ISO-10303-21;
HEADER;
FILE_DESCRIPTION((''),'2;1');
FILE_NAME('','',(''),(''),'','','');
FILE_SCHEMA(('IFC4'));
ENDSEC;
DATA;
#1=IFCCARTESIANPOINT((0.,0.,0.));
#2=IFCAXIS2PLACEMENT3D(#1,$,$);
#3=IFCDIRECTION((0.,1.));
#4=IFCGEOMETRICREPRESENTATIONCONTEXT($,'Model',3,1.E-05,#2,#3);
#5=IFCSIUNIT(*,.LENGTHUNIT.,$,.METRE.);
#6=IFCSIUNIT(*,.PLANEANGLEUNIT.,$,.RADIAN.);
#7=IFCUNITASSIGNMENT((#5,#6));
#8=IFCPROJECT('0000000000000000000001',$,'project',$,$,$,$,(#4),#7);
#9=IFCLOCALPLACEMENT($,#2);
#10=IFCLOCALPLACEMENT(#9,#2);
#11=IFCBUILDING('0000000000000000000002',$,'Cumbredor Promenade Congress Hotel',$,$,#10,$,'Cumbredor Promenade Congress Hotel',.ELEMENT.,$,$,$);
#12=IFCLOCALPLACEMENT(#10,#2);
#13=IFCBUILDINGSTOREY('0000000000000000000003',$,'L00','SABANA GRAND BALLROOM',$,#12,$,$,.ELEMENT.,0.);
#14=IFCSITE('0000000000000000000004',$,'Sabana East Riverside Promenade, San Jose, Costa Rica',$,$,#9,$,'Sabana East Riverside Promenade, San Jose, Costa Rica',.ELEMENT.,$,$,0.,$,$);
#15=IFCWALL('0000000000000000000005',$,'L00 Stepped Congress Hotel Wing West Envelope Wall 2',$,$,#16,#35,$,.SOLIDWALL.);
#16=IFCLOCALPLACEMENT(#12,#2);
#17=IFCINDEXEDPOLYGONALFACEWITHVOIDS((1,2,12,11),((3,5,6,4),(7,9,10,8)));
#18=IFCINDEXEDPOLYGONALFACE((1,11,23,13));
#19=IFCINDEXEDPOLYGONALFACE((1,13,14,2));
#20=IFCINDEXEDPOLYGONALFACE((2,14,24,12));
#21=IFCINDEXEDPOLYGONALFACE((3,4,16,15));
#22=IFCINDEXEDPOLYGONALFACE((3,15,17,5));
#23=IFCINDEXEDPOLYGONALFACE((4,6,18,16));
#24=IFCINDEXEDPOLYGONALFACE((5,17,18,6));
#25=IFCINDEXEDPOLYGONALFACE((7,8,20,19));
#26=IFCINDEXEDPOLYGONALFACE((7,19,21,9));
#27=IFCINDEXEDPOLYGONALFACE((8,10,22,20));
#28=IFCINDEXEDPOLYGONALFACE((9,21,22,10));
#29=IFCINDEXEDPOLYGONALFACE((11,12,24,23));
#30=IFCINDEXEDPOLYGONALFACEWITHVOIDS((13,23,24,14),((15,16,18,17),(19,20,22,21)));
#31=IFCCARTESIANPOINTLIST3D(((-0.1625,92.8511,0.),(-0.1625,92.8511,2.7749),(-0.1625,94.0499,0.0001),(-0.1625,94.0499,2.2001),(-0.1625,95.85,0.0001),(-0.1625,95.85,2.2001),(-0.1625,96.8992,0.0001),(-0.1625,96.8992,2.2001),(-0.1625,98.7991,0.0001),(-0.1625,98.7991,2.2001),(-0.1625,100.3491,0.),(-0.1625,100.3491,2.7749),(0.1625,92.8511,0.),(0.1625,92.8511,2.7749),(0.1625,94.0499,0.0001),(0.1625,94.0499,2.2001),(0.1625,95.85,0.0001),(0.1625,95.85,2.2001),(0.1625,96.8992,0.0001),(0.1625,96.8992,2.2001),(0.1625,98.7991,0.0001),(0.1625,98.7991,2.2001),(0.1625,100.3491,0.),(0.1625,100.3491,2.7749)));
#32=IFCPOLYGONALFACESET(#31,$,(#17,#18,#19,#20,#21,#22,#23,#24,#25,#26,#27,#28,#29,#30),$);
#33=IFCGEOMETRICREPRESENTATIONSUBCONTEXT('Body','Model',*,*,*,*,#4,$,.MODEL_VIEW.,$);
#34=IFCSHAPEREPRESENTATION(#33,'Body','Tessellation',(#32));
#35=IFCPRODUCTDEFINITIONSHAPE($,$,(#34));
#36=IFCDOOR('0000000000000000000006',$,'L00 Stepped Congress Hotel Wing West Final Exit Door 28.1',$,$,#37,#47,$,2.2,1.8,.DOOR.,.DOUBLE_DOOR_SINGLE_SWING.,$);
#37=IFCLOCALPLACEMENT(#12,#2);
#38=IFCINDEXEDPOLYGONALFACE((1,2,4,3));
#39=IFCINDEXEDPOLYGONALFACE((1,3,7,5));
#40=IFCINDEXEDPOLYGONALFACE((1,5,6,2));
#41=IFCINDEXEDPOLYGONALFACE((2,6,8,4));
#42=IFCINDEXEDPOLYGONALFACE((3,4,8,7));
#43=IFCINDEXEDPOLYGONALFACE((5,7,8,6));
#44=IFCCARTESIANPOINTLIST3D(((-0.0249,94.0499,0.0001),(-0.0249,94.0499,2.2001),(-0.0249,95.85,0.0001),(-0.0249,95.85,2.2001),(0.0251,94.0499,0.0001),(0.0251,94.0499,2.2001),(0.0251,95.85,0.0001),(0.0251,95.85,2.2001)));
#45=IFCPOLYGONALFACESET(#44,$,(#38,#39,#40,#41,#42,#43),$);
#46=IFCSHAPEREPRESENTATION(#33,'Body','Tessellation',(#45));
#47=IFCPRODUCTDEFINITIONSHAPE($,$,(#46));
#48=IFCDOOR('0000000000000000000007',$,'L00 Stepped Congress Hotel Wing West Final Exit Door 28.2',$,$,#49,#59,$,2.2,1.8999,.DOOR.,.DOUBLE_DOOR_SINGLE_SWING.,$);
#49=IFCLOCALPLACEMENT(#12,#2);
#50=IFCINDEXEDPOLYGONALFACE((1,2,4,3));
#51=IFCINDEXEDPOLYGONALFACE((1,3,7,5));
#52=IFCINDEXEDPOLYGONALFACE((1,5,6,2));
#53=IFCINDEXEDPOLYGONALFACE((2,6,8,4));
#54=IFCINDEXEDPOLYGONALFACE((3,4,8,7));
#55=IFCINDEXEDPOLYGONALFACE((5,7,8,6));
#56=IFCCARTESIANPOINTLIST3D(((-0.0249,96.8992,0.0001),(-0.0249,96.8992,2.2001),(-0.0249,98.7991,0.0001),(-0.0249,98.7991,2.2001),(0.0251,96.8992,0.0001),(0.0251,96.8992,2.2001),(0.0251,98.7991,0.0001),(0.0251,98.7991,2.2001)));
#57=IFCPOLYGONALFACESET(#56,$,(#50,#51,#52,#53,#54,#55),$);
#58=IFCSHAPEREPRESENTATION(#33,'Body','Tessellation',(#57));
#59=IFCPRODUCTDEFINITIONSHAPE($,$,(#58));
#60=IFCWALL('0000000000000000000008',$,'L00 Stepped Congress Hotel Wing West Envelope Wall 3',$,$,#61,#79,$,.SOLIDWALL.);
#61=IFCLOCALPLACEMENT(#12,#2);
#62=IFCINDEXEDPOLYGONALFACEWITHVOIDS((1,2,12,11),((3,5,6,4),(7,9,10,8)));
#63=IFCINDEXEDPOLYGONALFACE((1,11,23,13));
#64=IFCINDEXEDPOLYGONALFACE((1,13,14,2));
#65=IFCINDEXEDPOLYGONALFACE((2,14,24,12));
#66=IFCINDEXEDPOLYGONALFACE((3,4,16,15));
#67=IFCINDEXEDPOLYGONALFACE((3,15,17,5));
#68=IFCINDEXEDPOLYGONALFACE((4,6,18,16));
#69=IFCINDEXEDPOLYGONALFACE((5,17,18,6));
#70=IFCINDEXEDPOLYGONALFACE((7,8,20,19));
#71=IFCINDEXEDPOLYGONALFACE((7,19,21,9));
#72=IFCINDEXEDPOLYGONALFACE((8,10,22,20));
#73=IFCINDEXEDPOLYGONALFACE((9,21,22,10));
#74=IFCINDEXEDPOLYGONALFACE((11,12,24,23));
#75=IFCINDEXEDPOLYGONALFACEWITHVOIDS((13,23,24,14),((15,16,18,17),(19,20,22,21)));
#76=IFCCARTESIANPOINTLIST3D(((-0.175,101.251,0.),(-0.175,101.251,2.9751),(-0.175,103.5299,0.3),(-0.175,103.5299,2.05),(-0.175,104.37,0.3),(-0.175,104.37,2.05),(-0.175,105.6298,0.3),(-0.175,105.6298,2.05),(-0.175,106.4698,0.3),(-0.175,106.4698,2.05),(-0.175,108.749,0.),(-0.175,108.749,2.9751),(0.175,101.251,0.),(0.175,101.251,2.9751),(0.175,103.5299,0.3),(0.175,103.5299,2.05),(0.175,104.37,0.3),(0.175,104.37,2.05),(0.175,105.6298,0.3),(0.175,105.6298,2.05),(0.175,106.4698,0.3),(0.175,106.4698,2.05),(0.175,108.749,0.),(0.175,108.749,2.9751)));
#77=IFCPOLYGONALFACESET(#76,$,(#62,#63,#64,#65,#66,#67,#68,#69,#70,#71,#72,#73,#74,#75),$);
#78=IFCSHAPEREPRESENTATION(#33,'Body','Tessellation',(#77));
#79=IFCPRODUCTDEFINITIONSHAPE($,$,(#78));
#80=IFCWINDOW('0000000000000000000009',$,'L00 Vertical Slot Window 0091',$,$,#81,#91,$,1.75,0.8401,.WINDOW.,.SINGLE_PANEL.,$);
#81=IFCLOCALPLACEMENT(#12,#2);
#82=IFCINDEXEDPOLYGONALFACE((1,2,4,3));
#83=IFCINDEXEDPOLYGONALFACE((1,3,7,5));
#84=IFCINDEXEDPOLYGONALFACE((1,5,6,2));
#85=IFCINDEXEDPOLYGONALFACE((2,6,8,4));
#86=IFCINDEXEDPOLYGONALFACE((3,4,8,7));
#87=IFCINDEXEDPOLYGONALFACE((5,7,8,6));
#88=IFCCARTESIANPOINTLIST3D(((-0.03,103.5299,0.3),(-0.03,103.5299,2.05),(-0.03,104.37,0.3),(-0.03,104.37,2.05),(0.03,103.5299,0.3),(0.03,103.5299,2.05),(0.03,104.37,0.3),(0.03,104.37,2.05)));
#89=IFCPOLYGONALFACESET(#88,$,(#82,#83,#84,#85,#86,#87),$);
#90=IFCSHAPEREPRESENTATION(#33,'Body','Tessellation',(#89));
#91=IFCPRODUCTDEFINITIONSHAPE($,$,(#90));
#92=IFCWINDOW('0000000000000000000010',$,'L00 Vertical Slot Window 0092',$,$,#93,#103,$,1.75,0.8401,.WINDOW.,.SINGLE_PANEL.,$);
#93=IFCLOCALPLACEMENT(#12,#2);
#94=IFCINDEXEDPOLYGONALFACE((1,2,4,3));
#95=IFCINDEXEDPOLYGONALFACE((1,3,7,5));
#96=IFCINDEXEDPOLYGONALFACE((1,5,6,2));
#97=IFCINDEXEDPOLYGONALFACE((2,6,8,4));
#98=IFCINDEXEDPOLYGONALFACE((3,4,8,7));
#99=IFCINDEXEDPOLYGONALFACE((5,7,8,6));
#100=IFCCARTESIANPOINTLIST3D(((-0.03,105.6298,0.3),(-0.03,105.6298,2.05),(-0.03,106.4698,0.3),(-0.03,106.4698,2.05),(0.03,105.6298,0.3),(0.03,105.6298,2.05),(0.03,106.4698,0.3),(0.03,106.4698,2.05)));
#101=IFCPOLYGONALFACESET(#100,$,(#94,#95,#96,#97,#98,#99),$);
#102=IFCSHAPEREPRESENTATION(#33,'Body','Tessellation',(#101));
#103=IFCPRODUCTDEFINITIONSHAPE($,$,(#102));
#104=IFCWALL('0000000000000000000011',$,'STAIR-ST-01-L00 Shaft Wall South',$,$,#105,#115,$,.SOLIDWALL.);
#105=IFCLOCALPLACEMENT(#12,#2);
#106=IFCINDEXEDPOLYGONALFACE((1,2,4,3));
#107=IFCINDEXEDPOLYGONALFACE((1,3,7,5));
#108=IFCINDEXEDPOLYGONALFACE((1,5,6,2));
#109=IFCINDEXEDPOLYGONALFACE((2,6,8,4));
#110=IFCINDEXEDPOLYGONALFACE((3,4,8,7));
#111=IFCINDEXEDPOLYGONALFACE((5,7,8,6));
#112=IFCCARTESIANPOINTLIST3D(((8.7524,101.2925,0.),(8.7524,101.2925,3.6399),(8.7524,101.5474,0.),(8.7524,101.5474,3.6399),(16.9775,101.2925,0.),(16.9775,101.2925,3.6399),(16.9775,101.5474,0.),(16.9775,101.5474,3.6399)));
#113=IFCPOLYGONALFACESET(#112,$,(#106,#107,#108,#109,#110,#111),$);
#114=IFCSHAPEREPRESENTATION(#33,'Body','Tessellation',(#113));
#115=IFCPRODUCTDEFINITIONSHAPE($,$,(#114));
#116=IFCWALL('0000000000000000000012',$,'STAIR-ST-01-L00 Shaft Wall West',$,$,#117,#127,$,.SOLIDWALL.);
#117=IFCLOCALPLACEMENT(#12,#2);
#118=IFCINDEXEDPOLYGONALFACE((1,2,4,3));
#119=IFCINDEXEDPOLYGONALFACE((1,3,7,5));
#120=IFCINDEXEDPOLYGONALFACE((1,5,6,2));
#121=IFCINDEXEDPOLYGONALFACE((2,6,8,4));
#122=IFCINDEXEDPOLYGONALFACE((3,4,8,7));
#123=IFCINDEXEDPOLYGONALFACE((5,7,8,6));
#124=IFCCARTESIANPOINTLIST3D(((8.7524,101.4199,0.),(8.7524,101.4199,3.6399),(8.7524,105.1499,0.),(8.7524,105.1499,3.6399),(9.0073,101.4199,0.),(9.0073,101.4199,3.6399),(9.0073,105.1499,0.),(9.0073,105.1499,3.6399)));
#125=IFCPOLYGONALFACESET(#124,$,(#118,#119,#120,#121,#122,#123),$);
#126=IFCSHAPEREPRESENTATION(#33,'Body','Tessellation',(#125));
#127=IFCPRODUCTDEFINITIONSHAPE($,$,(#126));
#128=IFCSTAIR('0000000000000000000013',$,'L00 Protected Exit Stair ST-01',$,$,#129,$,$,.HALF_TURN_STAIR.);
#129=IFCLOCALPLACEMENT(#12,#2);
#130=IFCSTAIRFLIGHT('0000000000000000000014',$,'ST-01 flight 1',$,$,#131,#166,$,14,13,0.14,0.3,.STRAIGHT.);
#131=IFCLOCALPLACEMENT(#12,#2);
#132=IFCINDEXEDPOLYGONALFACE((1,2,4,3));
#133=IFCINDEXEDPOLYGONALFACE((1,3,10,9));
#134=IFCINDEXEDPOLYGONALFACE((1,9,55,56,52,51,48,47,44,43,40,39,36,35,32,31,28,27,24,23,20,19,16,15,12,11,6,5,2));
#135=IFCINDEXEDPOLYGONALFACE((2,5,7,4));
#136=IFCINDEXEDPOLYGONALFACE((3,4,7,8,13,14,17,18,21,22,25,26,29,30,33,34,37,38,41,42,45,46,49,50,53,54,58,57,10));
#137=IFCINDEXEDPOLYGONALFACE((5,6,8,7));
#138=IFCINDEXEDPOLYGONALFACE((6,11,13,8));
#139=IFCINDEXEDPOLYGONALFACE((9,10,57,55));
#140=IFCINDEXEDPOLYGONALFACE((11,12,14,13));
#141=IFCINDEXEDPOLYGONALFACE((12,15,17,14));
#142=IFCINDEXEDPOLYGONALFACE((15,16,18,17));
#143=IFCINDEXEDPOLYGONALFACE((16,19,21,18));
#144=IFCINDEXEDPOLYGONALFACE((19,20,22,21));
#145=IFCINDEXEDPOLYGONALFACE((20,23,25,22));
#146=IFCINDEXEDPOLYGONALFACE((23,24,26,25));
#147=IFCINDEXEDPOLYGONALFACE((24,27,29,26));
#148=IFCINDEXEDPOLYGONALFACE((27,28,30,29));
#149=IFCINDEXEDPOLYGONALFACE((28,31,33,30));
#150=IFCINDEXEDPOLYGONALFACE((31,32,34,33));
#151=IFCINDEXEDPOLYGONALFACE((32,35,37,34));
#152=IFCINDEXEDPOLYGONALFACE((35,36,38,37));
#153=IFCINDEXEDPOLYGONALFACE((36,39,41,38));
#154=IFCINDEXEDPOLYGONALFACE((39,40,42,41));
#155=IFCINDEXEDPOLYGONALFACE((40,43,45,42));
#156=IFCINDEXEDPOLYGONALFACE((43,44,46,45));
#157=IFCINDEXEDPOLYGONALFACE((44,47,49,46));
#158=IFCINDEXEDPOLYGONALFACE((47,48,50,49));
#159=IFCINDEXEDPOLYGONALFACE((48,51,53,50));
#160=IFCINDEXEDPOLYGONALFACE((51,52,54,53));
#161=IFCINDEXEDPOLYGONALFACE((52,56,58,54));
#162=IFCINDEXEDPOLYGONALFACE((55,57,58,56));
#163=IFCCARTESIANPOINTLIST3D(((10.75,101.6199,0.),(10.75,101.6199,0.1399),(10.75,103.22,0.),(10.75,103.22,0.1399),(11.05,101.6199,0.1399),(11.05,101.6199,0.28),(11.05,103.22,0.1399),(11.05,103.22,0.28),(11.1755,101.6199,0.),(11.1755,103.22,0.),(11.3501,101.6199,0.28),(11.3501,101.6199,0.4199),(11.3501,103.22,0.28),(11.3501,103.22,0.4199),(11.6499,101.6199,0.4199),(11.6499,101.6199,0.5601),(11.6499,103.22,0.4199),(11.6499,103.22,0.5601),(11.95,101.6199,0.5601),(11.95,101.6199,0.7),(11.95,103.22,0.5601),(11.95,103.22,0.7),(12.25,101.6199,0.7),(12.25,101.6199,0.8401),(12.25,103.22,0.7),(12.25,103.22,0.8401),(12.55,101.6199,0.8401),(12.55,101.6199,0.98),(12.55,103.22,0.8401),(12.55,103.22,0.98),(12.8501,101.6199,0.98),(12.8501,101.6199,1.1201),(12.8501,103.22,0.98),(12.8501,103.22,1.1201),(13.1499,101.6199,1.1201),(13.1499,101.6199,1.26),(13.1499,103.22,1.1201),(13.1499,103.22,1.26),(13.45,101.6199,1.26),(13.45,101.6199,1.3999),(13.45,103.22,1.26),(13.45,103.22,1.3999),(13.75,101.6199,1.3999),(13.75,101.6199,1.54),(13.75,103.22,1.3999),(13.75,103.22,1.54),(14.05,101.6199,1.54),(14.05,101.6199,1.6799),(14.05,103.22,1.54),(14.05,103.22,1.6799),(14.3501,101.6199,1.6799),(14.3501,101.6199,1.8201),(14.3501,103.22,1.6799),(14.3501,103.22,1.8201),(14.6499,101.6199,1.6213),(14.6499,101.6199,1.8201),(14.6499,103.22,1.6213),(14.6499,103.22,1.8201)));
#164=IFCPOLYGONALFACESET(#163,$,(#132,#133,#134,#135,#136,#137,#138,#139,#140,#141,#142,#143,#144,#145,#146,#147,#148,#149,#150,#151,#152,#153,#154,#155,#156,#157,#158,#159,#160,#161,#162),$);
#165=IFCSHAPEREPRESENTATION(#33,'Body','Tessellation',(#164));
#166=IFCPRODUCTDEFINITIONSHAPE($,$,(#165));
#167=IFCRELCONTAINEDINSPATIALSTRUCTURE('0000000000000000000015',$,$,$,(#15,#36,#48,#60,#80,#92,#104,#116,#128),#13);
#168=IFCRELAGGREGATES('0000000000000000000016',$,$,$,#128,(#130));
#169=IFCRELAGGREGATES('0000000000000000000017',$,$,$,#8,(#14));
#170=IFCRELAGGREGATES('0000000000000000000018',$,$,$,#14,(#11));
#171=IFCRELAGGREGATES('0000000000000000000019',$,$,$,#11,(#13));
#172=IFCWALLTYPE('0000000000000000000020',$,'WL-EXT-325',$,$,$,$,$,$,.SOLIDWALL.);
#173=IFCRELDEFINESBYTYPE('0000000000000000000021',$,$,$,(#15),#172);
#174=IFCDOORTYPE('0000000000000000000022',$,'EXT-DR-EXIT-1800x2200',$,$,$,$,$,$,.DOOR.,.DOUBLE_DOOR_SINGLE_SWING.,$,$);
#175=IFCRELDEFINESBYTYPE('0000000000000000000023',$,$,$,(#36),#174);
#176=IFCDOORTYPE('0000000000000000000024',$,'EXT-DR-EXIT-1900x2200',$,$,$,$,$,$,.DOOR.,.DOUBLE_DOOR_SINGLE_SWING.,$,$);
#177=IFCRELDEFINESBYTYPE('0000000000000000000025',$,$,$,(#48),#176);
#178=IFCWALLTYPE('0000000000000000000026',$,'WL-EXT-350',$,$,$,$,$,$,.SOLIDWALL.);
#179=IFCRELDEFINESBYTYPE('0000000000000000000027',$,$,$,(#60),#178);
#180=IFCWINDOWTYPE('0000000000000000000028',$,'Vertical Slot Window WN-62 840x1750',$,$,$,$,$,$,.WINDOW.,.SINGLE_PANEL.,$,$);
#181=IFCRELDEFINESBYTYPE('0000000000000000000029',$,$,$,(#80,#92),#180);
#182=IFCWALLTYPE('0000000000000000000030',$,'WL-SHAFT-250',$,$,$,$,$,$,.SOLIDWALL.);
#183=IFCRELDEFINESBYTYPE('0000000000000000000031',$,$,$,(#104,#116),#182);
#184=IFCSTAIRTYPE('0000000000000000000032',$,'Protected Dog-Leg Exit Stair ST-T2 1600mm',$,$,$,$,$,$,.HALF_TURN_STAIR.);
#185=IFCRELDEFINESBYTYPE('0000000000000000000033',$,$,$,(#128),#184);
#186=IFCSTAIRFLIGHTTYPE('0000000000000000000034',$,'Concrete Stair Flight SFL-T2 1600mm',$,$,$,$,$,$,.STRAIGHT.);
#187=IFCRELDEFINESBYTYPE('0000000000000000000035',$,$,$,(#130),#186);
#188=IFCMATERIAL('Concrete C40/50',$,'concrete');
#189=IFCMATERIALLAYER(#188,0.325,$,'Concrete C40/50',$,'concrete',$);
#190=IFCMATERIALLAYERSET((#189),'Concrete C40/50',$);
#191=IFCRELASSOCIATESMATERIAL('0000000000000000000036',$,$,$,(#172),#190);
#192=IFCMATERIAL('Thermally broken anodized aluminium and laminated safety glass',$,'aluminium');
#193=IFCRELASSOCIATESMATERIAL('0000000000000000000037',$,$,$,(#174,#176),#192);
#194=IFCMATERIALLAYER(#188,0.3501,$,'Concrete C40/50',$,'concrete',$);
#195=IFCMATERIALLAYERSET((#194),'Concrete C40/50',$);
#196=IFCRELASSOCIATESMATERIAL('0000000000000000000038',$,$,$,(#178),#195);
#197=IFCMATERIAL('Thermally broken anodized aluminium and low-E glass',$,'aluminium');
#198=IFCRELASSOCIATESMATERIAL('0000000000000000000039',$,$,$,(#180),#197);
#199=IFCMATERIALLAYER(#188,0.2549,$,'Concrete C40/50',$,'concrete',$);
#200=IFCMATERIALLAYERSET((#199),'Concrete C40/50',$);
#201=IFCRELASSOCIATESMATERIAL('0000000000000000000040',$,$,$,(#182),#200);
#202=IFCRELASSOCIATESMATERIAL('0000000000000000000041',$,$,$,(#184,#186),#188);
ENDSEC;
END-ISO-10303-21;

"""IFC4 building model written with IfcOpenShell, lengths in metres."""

from ifc_helpers import new_model, si_unit, direction, frame, frame_2d, origin, place, context, subcontext, project, spatial, polyline, rectangle, outline, extrude, material, layer, layer_set, type_object, element, fill, aggregate, save


model = new_model("IFC4")

# Units and contexts
model_context = context("Model", 3, precision=1e-05, world=origin(), true_north=direction((0.0, 1.0)))
body_context = subcontext(model_context, "Body", "Model", "MODEL_VIEW")
ifc_project = project(units=[si_unit("LENGTHUNIT", "METRE"), si_unit("PLANEANGLEUNIT", "RADIAN")], contexts=[model_context])

# Site, building, storey
site_placement = place(None, origin())
site = spatial("IfcSite", under=ifc_project, at=site_placement, Name="Sabana East Riverside Promenade, San Jose, Costa Rica", LongName="Sabana East Riverside Promenade, San Jose, Costa Rica", CompositionType="ELEMENT", RefElevation=0.0)
building_placement = place(site_placement, origin())
building = spatial("IfcBuilding", under=site, at=building_placement, Name="Cumbredor Promenade Congress Hotel", LongName="Cumbredor Promenade Congress Hotel", CompositionType="ELEMENT")
storey_placement = place(building_placement, origin())
storey = spatial("IfcBuildingStorey", under=building, at=storey_placement, Name="L00", Description="SABANA GRAND BALLROOM", CompositionType="ELEMENT", Elevation=0.0)

# Shared definitions
ifc_material_1 = material(Name="Concrete C40/50", Category="concrete")

# Wall, openings, doors
ifc_layer_1 = layer(ifc_material_1, 0.325, Name="Concrete C40/50", Category="concrete")
ifc_layer_set_1 = layer_set([ifc_layer_1], Name="Concrete C40/50")
wall_type_1 = type_object("IfcWallType", Name="WL-EXT-325", PredefinedType="SOLIDWALL", material=ifc_layer_set_1)
wall_1_placement = place(storey_placement, frame((0.0, 92.8511, 0.0), z_axis=(0.0, 0.0, 1.0), x_axis=(0.0, 1.0, 0.0)))
wall_1 = element("IfcWall", 1, at=wall_1_placement, inside=storey, type_object=wall_type_1, Name="L00 Stepped Congress Hotel Wing West Envelope Wall 2", PredefinedType="SOLIDWALL", context=body_context, shape_type="SweptSolid", body=[
    extrude(rectangle(XDim=7.498, YDim=0.325, at=frame_2d((3.749, 0.0))), origin(), (0.0, 0.0, 1.0), 2.7749),
])
opening_1_placement = place(wall_1_placement, frame((1.199, 0.0, 0.0)))
opening_1 = element("IfcOpeningElement", 2, at=opening_1_placement, cuts=wall_1, PredefinedType="OPENING", context=body_context, shape_type="SweptSolid", body=[
    extrude(rectangle(XDim=1.8, YDim=2.2, at=frame_2d((0.8999, 1.1001))), frame((0.0, 0.1724, 0.0), z_axis=(0.0, -1.0, 0.0), x_axis=(1.0, 0.0, 0.0)), (0.0, 0.0, 1.0), 0.345),
])
opening_2_placement = place(wall_1_placement, frame((4.0481, 0.0, 0.0)))
opening_2 = element("IfcOpeningElement", 3, at=opening_2_placement, cuts=wall_1, PredefinedType="OPENING", context=body_context, shape_type="SweptSolid", body=[
    extrude(rectangle(XDim=1.8999, YDim=2.2, at=frame_2d((0.95, 1.1001))), frame((0.0, 0.1724, 0.0), z_axis=(0.0, -1.0, 0.0), x_axis=(1.0, 0.0, 0.0)), (0.0, 0.0, 1.0), 0.345),
])
ifc_material_2 = material(Name="Thermally broken anodized aluminium and laminated safety glass", Category="aluminium")
door_type_1 = type_object("IfcDoorType", Name="EXT-DR-EXIT-1800x2200", OperationType="DOUBLE_DOOR_SINGLE_SWING", PredefinedType="DOOR", material=ifc_material_2)
door_1_placement = place(opening_1_placement, origin())
door_1 = element("IfcDoor", 4, at=door_1_placement, inside=storey, type_object=door_type_1, Name="L00 Stepped Congress Hotel Wing West Final Exit Door 28.1", OperationType="DOUBLE_DOOR_SINGLE_SWING", OverallHeight=2.2, OverallWidth=1.8, PredefinedType="DOOR", context=body_context, shape_type="SweptSolid", body=[
    extrude(rectangle(XDim=1.8, YDim=2.2, at=frame_2d((0.8999, 1.1001))), frame((0.0, 0.0249, 0.0), z_axis=(0.0, -1.0, 0.0), x_axis=(1.0, 0.0, 0.0)), (0.0, 0.0, 1.0), 0.05),
])
fill(opening_1, door_1)
door_type_2 = type_object("IfcDoorType", Name="EXT-DR-EXIT-1900x2200", OperationType="DOUBLE_DOOR_SINGLE_SWING", PredefinedType="DOOR", material=ifc_material_2)
door_2_placement = place(opening_2_placement, origin())
door_2 = element("IfcDoor", 5, at=door_2_placement, inside=storey, type_object=door_type_2, Name="L00 Stepped Congress Hotel Wing West Final Exit Door 28.2", OperationType="DOUBLE_DOOR_SINGLE_SWING", OverallHeight=2.2, OverallWidth=1.8999, PredefinedType="DOOR", context=body_context, shape_type="SweptSolid", body=[
    extrude(rectangle(XDim=1.8999, YDim=2.2, at=frame_2d((0.95, 1.1001))), frame((0.0, 0.0249, 0.0), z_axis=(0.0, -1.0, 0.0), x_axis=(1.0, 0.0, 0.0)), (0.0, 0.0, 1.0), 0.05),
])
fill(opening_2, door_2)

# Wall, openings, windows
ifc_layer_2 = layer(ifc_material_1, 0.3501, Name="Concrete C40/50", Category="concrete")
ifc_layer_set_2 = layer_set([ifc_layer_2], Name="Concrete C40/50")
wall_type_2 = type_object("IfcWallType", Name="WL-EXT-350", PredefinedType="SOLIDWALL", material=ifc_layer_set_2)
wall_2_placement = place(storey_placement, frame((0.0, 101.251, 0.0), z_axis=(0.0, 0.0, 1.0), x_axis=(0.0, 1.0, 0.0)))
wall_2 = element("IfcWall", 6, at=wall_2_placement, inside=storey, type_object=wall_type_2, Name="L00 Stepped Congress Hotel Wing West Envelope Wall 3", PredefinedType="SOLIDWALL", context=body_context, shape_type="SweptSolid", body=[
    extrude(rectangle(XDim=7.498, YDim=0.3501, at=frame_2d((3.749, 0.0))), origin(), (0.0, 0.0, 1.0), 2.9751),
])
opening_3_placement = place(wall_2_placement, frame((2.2791, 0.0, 0.3)))
opening_3 = element("IfcOpeningElement", 7, at=opening_3_placement, cuts=wall_2, PredefinedType="OPENING", context=body_context, shape_type="SweptSolid", body=[
    extrude(rectangle(XDim=0.8401, YDim=1.75, at=frame_2d((0.4199, 0.875))), frame((0.0, 0.1851, 0.0), z_axis=(0.0, -1.0, 0.0), x_axis=(1.0, 0.0, 0.0)), (0.0, 0.0, 1.0), 0.3701),
])
opening_4_placement = place(wall_2_placement, frame((4.3789, 0.0, 0.3)))
opening_4 = element("IfcOpeningElement", 8, at=opening_4_placement, cuts=wall_2, PredefinedType="OPENING", context=body_context, shape_type="SweptSolid", body=[
    extrude(rectangle(XDim=0.8401, YDim=1.75, at=frame_2d((0.4199, 0.875))), frame((0.0, 0.1851, 0.0), z_axis=(0.0, -1.0, 0.0), x_axis=(1.0, 0.0, 0.0)), (0.0, 0.0, 1.0), 0.3701),
])
ifc_material_3 = material(Name="Thermally broken anodized aluminium and low-E glass", Category="aluminium")
window_type = type_object("IfcWindowType", Name="Vertical Slot Window WN-62 840x1750", PartitioningType="SINGLE_PANEL", PredefinedType="WINDOW", material=ifc_material_3)
window_1_placement = place(opening_3_placement, origin())
window_1 = element("IfcWindow", 9, at=window_1_placement, inside=storey, type_object=window_type, Name="L00 Vertical Slot Window 0091", OverallHeight=1.75, OverallWidth=0.8401, PartitioningType="SINGLE_PANEL", PredefinedType="WINDOW", context=body_context, shape_type="SweptSolid", body=[
    extrude(rectangle(XDim=0.8401, YDim=1.75, at=frame_2d((0.4199, 0.875))), frame((0.0, 0.03, 0.0), z_axis=(0.0, -1.0, 0.0), x_axis=(1.0, 0.0, 0.0)), (0.0, 0.0, 1.0), 0.0601),
])
fill(opening_3, window_1)
window_2_placement = place(opening_4_placement, origin())
window_2 = element("IfcWindow", 10, at=window_2_placement, inside=storey, type_object=window_type, Name="L00 Vertical Slot Window 0092", OverallHeight=1.75, OverallWidth=0.8401, PartitioningType="SINGLE_PANEL", PredefinedType="WINDOW", context=body_context, shape_type="SweptSolid", body=[
    extrude(rectangle(XDim=0.8401, YDim=1.75, at=frame_2d((0.4199, 0.875))), frame((0.0, 0.03, 0.0), z_axis=(0.0, -1.0, 0.0), x_axis=(1.0, 0.0, 0.0)), (0.0, 0.0, 1.0), 0.0601),
])
fill(opening_4, window_2)

# Walls
ifc_layer_3 = layer(ifc_material_1, 0.2549, Name="Concrete C40/50", Category="concrete")
ifc_layer_set_3 = layer_set([ifc_layer_3], Name="Concrete C40/50")
wall_type_3 = type_object("IfcWallType", Name="WL-SHAFT-250", PredefinedType="SOLIDWALL", material=ifc_layer_set_3)
wall_3_placement = place(storey_placement, frame((8.7524, 101.4199, 0.0), z_axis=(0.0, 0.0, 1.0), x_axis=(1.0, 0.0, 0.0)))
element("IfcWall", 11, at=wall_3_placement, inside=storey, type_object=wall_type_3, Name="STAIR-ST-01-L00 Shaft Wall South", PredefinedType="SOLIDWALL", context=body_context, shape_type="SweptSolid", body=[
    extrude(rectangle(XDim=8.2251, YDim=0.2549, at=frame_2d((4.1125, 0.0))), origin(), (0.0, 0.0, 1.0), 3.6399),
])
wall_4_placement = place(storey_placement, frame((8.8799, 101.4199, 0.0), z_axis=(0.0, 0.0, 1.0), x_axis=(0.0, 1.0, 0.0)))
element("IfcWall", 12, at=wall_4_placement, inside=storey, type_object=wall_type_3, Name="STAIR-ST-01-L00 Shaft Wall West", PredefinedType="SOLIDWALL", context=body_context, shape_type="SweptSolid", body=[
    extrude(rectangle(XDim=3.73, YDim=0.2549, at=frame_2d((1.865, 0.0))), origin(), (0.0, 0.0, 1.0), 3.6399),
])

# Stair, stair flight
stair_type = type_object("IfcStairType", Name="Protected Dog-Leg Exit Stair ST-T2 1600mm", PredefinedType="HALF_TURN_STAIR", material=ifc_material_1)
stair_placement = place(storey_placement, origin())
stair = element("IfcStair", 13, at=stair_placement, inside=storey, type_object=stair_type, Name="L00 Protected Exit Stair ST-01", PredefinedType="HALF_TURN_STAIR")
stair_flight_type = type_object("IfcStairFlightType", Name="Concrete Stair Flight SFL-T2 1600mm", PredefinedType="STRAIGHT", material=ifc_material_1)
stair_flight_placement = place(storey_placement, frame((10.75, 102.4199, 0.0), z_axis=(0.0, 0.0, 1.0), x_axis=(1.0, 0.0, 0.0)))
stair_flight = element("IfcStairFlight", 14, at=stair_flight_placement, type_object=stair_flight_type, Name="ST-01 flight 1", NumberOfRisers=14, NumberOfTreads=13, PredefinedType="STRAIGHT", RiserHeight=0.14, TreadLength=0.3, context=body_context, shape_type="SweptSolid", body=[
    extrude(outline(polyline([(0.0, 0.0), (0.0, 0.1399), (0.3, 0.1399), (0.3, 0.28), (0.6001, 0.28), (0.6001, 0.4199), (0.8999, 0.4199), (0.8999, 0.5601), (1.2, 0.5601), (1.2, 0.7), (1.5, 0.7), (1.5, 0.8401), (1.8, 0.8401), (1.8, 0.98), (2.1001, 0.98), (2.1001, 1.1201), (2.3999, 1.1201), (2.3999, 1.26), (2.7, 1.26), (2.7, 1.3999), (3.0, 1.3999), (3.0, 1.54), (3.3, 1.54), (3.3, 1.6799), (3.6001, 1.6799), (3.6001, 1.8201), (3.8999, 1.8201), (3.8999, 1.96), (3.8999, 1.6213), (0.4255, 0.0), (0.0, 0.0)])), frame((0.0, 0.8, 0.0), z_axis=(0.0, -1.0, 0.0), x_axis=(1.0, 0.0, 0.0)), (0.0, 0.0, 1.0), 1.6001),
])
aggregate(stair, [stair_flight])

save(model, "model.ifc")
